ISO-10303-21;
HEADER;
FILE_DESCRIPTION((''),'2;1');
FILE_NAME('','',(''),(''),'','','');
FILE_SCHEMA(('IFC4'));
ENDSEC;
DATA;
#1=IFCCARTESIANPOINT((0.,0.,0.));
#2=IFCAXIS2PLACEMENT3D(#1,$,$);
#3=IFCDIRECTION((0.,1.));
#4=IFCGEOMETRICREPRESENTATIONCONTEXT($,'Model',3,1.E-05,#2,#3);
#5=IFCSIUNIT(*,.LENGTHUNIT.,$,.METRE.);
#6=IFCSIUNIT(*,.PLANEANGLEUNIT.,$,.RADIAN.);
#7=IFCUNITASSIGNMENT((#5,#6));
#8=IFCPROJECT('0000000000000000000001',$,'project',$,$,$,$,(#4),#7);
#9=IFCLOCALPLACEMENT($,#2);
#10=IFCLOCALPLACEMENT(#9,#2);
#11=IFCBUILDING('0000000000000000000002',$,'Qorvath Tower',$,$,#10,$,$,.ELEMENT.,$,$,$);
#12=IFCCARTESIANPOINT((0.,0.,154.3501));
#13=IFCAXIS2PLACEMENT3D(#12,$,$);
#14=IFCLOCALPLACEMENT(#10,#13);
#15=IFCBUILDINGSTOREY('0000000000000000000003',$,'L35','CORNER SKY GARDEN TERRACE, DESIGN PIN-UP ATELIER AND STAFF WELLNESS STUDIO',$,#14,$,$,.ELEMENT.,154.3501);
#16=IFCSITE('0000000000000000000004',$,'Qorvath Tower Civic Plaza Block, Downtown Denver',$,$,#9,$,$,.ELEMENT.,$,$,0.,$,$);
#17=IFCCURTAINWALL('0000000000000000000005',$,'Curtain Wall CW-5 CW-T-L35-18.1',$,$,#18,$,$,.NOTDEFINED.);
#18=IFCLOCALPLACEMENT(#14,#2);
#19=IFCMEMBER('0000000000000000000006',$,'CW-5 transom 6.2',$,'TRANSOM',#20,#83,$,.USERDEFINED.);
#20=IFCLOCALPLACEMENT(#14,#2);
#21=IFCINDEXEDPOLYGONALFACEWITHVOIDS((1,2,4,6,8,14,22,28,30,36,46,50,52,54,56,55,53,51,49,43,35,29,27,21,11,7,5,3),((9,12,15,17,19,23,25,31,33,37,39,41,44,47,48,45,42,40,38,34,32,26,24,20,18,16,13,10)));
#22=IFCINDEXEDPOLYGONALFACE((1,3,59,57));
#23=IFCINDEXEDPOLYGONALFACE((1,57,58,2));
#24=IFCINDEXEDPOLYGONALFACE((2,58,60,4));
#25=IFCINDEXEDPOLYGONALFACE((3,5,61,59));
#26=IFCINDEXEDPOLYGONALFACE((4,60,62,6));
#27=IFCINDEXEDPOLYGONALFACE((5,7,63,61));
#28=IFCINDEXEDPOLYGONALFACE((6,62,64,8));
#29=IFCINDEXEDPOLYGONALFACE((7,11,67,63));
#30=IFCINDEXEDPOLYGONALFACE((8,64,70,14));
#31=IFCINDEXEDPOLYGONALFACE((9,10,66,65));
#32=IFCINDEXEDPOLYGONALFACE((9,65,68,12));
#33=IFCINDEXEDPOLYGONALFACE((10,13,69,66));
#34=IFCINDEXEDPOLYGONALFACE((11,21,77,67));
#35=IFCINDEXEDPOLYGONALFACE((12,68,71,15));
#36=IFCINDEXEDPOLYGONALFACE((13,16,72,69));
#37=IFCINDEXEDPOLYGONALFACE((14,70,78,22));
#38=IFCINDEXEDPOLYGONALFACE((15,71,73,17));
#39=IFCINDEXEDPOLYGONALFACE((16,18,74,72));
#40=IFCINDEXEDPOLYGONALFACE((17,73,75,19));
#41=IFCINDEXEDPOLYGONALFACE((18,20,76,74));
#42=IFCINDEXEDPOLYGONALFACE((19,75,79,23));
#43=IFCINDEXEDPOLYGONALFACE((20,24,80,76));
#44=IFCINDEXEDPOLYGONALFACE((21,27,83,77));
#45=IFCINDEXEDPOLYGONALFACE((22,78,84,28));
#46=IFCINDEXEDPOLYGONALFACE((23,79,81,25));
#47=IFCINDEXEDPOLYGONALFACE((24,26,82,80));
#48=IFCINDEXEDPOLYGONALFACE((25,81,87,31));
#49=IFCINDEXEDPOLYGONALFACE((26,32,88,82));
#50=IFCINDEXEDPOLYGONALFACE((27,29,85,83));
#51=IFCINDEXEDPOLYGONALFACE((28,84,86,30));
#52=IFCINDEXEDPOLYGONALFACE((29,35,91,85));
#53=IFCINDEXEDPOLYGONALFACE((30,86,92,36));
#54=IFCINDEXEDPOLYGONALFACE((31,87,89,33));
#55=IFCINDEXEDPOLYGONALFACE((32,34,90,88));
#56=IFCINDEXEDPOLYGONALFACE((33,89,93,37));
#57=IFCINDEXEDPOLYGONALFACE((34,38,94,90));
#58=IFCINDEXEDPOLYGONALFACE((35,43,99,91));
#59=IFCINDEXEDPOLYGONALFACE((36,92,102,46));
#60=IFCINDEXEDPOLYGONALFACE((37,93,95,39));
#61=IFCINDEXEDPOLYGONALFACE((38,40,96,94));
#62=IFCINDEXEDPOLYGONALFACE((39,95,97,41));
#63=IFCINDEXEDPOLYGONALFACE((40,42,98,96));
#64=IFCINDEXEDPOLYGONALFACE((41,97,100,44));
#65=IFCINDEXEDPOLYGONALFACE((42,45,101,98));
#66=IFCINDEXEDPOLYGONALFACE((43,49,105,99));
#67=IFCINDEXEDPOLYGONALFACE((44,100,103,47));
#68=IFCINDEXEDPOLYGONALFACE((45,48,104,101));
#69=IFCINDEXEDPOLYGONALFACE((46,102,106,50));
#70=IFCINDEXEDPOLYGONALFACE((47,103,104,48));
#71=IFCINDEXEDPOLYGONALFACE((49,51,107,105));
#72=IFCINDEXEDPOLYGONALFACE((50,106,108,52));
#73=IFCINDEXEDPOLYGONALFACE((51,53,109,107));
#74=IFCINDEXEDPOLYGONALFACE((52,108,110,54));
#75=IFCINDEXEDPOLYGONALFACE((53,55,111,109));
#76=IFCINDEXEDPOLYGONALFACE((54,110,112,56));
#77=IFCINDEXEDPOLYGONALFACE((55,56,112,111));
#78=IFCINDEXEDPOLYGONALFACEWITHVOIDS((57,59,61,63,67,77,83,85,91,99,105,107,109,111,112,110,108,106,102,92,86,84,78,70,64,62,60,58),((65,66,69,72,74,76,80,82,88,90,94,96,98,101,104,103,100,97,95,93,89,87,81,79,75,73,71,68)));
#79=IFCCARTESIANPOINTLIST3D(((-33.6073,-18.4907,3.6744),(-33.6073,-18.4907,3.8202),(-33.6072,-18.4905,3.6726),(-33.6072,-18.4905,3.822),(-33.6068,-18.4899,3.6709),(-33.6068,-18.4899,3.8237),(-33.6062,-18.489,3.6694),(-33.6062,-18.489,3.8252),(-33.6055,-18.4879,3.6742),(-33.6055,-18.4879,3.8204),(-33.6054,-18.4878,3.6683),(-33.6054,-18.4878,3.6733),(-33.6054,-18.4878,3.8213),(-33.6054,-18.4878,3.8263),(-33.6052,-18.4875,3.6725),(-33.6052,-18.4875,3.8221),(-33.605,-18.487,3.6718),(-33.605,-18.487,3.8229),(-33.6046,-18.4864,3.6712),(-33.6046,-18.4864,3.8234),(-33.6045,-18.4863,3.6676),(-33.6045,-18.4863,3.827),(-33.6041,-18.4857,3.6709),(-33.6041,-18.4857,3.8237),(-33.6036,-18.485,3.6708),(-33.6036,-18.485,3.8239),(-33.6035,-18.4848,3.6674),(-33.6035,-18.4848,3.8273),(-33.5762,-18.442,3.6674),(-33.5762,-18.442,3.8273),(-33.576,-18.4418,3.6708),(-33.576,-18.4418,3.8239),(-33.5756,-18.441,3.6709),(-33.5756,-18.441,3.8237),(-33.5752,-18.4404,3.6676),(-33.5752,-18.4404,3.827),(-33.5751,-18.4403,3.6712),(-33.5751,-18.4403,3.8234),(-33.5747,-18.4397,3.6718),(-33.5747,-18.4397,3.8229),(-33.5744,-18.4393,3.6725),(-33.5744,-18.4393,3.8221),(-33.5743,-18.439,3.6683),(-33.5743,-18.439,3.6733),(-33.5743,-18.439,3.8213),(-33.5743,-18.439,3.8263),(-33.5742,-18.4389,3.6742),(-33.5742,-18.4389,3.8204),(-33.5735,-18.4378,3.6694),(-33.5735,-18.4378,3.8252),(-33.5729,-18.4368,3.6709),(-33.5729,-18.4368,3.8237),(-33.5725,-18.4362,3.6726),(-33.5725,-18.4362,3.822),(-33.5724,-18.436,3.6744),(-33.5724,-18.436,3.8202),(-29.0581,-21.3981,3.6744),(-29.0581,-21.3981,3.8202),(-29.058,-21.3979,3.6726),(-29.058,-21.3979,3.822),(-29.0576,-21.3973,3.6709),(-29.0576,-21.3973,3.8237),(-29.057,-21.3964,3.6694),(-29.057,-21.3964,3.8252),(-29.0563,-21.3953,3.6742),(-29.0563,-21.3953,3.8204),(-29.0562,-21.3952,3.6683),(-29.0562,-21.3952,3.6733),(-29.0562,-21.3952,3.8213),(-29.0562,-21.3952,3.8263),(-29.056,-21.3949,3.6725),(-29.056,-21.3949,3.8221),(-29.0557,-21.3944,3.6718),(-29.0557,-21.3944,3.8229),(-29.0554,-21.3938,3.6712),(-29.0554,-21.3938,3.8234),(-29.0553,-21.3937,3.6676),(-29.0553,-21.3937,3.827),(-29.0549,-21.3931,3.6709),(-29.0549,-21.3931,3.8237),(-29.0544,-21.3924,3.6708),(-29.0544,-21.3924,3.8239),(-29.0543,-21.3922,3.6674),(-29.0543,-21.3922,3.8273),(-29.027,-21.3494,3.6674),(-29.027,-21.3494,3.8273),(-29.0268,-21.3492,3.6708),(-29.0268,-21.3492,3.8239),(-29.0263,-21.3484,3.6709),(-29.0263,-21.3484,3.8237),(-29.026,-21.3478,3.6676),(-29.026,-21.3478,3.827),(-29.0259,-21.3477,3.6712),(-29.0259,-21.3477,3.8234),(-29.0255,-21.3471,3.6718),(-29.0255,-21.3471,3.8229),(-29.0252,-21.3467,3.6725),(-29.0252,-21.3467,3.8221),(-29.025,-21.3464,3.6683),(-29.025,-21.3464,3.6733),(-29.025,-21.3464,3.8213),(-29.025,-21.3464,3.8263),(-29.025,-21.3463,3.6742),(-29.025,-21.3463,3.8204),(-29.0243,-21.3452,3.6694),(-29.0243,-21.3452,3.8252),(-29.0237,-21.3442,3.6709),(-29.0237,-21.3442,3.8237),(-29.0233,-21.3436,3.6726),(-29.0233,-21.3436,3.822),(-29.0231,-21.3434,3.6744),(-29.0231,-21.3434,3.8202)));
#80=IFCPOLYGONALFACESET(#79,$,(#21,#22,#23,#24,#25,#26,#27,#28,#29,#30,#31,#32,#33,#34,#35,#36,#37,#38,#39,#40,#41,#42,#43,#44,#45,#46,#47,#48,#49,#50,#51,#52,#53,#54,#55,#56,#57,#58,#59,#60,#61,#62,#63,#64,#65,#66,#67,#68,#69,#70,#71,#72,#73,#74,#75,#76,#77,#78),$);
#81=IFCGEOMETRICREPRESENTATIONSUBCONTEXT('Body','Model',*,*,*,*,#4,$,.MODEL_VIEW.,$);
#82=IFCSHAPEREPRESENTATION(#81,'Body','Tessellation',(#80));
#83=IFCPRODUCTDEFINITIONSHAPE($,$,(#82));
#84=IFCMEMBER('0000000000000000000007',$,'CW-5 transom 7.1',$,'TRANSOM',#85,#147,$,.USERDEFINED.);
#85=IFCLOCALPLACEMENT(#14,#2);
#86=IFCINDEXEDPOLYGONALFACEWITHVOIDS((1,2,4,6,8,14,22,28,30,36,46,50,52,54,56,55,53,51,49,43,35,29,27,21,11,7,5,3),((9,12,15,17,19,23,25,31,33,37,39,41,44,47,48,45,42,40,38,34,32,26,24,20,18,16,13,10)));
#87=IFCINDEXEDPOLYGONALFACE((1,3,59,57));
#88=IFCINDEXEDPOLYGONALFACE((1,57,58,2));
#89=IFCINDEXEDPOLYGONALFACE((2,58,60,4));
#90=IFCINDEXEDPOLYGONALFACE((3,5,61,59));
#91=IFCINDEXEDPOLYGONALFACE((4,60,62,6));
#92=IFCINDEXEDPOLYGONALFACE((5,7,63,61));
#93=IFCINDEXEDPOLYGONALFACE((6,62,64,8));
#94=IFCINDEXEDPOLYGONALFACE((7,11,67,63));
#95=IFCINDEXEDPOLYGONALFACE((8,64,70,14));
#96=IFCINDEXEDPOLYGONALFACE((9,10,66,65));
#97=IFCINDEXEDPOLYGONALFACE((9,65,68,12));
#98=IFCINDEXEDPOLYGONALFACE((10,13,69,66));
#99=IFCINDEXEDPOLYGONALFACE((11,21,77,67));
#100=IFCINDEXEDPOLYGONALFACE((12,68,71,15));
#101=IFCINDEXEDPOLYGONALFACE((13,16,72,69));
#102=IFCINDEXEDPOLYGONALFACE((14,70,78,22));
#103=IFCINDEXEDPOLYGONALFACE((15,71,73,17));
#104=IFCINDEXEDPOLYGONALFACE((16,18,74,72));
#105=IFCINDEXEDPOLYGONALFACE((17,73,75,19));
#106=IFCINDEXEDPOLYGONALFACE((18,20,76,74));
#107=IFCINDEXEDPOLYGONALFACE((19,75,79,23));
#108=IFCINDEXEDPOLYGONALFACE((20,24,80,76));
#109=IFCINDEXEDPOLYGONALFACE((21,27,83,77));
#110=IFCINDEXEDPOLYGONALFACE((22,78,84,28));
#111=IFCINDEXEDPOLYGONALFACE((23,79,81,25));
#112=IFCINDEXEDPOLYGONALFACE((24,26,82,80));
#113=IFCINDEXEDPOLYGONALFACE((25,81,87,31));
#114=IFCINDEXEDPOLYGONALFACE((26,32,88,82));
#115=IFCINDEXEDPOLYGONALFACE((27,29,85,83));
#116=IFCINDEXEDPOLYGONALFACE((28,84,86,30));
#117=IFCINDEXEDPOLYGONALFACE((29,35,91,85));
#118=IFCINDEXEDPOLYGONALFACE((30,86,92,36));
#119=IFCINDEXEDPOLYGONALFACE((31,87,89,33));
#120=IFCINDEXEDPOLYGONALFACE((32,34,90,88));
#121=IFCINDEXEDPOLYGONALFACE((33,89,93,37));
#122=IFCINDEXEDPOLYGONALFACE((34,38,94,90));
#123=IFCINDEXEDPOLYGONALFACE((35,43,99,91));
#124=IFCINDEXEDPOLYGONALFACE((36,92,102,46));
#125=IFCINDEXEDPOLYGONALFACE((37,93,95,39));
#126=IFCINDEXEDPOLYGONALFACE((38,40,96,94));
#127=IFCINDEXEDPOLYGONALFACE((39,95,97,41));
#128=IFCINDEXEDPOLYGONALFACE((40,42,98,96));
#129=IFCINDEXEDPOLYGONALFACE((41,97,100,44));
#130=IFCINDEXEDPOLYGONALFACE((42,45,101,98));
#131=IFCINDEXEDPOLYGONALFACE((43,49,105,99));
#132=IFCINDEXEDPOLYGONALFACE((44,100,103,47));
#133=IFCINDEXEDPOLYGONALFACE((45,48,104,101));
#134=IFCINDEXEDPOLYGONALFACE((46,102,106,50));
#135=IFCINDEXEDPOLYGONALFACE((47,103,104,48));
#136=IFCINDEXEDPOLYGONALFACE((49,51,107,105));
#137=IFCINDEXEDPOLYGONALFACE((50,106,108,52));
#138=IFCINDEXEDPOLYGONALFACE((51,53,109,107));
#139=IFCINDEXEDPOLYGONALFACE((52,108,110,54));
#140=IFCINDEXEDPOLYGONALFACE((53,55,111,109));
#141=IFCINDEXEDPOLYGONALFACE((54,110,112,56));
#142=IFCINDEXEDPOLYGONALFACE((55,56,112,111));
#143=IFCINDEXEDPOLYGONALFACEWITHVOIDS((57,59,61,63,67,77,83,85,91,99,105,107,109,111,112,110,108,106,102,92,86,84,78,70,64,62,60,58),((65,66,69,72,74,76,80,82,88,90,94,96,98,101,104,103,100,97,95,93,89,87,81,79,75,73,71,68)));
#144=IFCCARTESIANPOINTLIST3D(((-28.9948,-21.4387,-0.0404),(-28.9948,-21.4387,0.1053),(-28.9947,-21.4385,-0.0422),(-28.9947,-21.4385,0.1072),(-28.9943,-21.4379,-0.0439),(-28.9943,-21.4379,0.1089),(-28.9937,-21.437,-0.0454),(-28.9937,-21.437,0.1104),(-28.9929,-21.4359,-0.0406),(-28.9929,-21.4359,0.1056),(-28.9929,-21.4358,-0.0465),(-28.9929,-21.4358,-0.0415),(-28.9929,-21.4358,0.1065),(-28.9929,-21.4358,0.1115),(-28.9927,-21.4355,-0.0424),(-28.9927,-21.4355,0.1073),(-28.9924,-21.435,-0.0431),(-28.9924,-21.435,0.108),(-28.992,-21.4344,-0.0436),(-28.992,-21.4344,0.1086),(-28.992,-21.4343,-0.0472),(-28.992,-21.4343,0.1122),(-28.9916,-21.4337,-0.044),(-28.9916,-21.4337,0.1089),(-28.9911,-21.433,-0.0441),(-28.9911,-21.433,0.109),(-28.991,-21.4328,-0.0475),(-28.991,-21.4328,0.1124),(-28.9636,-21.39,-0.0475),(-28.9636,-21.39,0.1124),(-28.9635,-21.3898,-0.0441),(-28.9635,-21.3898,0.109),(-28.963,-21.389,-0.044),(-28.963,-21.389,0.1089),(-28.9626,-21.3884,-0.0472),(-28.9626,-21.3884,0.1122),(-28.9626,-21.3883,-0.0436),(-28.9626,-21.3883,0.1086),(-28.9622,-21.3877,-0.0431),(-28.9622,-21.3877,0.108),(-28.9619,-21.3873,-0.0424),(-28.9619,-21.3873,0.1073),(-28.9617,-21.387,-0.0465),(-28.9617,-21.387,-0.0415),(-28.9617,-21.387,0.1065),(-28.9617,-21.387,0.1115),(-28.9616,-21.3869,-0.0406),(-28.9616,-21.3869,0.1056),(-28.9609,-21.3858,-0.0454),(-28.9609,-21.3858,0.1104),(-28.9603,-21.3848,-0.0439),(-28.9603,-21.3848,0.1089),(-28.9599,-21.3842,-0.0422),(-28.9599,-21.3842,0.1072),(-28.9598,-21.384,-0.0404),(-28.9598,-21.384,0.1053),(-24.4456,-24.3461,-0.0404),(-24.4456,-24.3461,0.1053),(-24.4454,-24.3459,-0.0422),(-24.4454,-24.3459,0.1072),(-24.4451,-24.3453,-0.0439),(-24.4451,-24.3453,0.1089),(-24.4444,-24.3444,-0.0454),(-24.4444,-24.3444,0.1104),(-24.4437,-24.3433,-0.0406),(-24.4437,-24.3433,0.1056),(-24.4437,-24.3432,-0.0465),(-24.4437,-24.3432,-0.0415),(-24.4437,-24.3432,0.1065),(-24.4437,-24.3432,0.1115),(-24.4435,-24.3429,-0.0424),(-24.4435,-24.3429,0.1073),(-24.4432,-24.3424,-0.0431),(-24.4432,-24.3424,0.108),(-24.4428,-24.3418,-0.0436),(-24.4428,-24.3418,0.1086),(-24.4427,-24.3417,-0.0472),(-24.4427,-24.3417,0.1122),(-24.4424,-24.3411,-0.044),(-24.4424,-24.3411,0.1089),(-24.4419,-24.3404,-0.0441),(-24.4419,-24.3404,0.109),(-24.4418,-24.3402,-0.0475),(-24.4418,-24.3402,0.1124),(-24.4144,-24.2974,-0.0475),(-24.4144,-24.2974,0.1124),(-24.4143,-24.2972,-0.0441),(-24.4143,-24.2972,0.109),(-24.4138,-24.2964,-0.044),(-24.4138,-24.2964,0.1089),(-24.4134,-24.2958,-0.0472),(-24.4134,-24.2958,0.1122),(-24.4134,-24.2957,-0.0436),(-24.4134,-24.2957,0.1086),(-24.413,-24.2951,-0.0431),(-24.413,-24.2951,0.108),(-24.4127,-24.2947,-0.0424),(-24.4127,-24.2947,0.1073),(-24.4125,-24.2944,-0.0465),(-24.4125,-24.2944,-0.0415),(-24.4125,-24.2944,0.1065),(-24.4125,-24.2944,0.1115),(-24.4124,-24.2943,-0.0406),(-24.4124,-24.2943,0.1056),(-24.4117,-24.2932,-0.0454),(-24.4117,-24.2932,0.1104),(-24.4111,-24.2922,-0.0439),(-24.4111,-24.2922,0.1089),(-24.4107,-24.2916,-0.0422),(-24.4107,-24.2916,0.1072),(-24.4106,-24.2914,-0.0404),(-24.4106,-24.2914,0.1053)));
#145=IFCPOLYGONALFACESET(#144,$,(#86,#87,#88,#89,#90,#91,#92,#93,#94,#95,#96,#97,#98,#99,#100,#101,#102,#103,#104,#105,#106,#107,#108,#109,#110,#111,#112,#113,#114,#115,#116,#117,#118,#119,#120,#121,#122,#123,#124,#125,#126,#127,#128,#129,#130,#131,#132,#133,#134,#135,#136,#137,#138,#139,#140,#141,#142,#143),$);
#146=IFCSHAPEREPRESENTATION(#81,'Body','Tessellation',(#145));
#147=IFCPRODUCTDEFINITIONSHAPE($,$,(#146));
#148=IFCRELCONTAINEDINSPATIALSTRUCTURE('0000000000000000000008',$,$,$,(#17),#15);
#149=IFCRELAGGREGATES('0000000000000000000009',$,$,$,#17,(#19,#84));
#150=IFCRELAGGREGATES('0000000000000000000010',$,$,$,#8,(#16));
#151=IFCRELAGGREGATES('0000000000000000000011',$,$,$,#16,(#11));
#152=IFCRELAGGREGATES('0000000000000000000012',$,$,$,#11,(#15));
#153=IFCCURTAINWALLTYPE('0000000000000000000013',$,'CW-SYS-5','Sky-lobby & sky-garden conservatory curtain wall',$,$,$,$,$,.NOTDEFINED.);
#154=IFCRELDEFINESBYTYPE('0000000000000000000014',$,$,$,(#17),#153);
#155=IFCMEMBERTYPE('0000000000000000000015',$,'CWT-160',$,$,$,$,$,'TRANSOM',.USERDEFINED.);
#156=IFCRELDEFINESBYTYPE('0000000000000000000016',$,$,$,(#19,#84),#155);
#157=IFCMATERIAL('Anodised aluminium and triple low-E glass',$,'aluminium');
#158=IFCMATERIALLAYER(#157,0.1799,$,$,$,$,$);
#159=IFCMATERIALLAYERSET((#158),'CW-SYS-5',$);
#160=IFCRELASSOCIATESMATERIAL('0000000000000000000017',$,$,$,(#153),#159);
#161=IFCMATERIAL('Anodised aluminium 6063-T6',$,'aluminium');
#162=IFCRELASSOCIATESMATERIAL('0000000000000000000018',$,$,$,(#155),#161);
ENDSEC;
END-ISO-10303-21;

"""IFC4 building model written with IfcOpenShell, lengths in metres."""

from ifc_helpers import new_model, si_unit, direction, frame, origin, origin_2d, place, context, subcontext, project, spatial, hollow_rectangle, extrude, material, layer, layer_set, material_profile, profile_set, type_object, element, aggregate, save


model = new_model("IFC4")

# Units and contexts
model_context = context("Model", 3, precision=1e-05, world=origin(), true_north=direction((0.0, 1.0)))
body_context = subcontext(model_context, "Body", "Model", "MODEL_VIEW")
ifc_project = project(units=[si_unit("LENGTHUNIT", "METRE"), si_unit("PLANEANGLEUNIT", "RADIAN")], contexts=[model_context])

# Site, building, storey
site_placement = place(None, origin())
site = spatial("IfcSite", under=ifc_project, at=site_placement, Name="Qorvath Tower Civic Plaza Block, Downtown Denver", CompositionType="ELEMENT", RefElevation=0.0)
building_placement = place(site_placement, origin())
building = spatial("IfcBuilding", under=site, at=building_placement, Name="Qorvath Tower", CompositionType="ELEMENT")
storey_placement = place(building_placement, frame((0.0, 0.0, 154.3501)))
storey = spatial("IfcBuildingStorey", under=building, at=storey_placement, Name="L35", Description="CORNER SKY GARDEN TERRACE, DESIGN PIN-UP ATELIER AND STAFF WELLNESS STUDIO", CompositionType="ELEMENT", Elevation=154.3501)

# Curtain wall, members
ifc_material_1 = material(Name="Anodised aluminium and triple low-E glass", Category="aluminium")
ifc_layer_1 = layer(ifc_material_1, 0.1799)
ifc_layer_set_1 = layer_set([ifc_layer_1], Name="CW-SYS-5")
curtain_wall_type = type_object("IfcCurtainWallType", Name="CW-SYS-5", Description="Sky-lobby & sky-garden conservatory curtain wall", PredefinedType="NOTDEFINED", material=ifc_layer_set_1)
curtain_wall_placement = place(storey_placement, origin())
curtain_wall = element("IfcCurtainWall", 1, at=curtain_wall_placement, inside=storey, type_object=curtain_wall_type, Name="Curtain Wall CW-5 CW-T-L35-18.1", PredefinedType="NOTDEFINED")
ifc_material_2 = material(Name="Anodised aluminium 6063-T6", Category="aluminium")
ifc_material_profile_1 = material_profile(ifc_material_2, hollow_rectangle(XDim=0.0649, YDim=0.1599, WallThickness=0.0034, InnerFilletRadius=0.0034, OuterFilletRadius=0.0071, at=origin_2d()), Name="CWT 160x65")
ifc_profile_set_1 = profile_set([ifc_material_profile_1], Name="Anodised aluminium 6063-T6")
member_type_1 = type_object("IfcMemberType", Name="CWT-160", ElementType="TRANSOM", PredefinedType="USERDEFINED", material=ifc_profile_set_1)
member_1_placement = place(storey_placement, frame((-33.5898, -18.4634, 3.7473), z_axis=(0.842615, -0.538516, 0.0), x_axis=(0.538516, 0.842615, 0.0)))
member_1 = element("IfcMember", 2, at=member_1_placement, type_object=member_type_1, Name="CW-5 transom 6.2", ObjectType="TRANSOM", PredefinedType="USERDEFINED", context=body_context, shape_type="SweptSolid", body=[
    extrude(hollow_rectangle(XDim=0.0649, YDim=0.1599, WallThickness=0.0034, InnerFilletRadius=0.0034, OuterFilletRadius=0.0071, at=origin_2d()), origin(), (0.0, 0.0, 1.0), 5.3989),
])
member_2_placement = place(storey_placement, frame((-28.9773, -21.4114, 0.0325), z_axis=(0.842615, -0.538516, 0.0), x_axis=(0.538516, 0.842615, 0.0)))
member_2 = element("IfcMember", 3, at=member_2_placement, type_object=member_type_1, Name="CW-5 transom 7.1", ObjectType="TRANSOM", PredefinedType="USERDEFINED", context=body_context, shape_type="SweptSolid", body=[
    extrude(hollow_rectangle(XDim=0.0649, YDim=0.1599, WallThickness=0.0034, InnerFilletRadius=0.0034, OuterFilletRadius=0.0071, at=origin_2d()), origin(), (0.0, 0.0, 1.0), 5.3989),
])
aggregate(curtain_wall, [member_1, member_2])

save(model, "model.ifc")
